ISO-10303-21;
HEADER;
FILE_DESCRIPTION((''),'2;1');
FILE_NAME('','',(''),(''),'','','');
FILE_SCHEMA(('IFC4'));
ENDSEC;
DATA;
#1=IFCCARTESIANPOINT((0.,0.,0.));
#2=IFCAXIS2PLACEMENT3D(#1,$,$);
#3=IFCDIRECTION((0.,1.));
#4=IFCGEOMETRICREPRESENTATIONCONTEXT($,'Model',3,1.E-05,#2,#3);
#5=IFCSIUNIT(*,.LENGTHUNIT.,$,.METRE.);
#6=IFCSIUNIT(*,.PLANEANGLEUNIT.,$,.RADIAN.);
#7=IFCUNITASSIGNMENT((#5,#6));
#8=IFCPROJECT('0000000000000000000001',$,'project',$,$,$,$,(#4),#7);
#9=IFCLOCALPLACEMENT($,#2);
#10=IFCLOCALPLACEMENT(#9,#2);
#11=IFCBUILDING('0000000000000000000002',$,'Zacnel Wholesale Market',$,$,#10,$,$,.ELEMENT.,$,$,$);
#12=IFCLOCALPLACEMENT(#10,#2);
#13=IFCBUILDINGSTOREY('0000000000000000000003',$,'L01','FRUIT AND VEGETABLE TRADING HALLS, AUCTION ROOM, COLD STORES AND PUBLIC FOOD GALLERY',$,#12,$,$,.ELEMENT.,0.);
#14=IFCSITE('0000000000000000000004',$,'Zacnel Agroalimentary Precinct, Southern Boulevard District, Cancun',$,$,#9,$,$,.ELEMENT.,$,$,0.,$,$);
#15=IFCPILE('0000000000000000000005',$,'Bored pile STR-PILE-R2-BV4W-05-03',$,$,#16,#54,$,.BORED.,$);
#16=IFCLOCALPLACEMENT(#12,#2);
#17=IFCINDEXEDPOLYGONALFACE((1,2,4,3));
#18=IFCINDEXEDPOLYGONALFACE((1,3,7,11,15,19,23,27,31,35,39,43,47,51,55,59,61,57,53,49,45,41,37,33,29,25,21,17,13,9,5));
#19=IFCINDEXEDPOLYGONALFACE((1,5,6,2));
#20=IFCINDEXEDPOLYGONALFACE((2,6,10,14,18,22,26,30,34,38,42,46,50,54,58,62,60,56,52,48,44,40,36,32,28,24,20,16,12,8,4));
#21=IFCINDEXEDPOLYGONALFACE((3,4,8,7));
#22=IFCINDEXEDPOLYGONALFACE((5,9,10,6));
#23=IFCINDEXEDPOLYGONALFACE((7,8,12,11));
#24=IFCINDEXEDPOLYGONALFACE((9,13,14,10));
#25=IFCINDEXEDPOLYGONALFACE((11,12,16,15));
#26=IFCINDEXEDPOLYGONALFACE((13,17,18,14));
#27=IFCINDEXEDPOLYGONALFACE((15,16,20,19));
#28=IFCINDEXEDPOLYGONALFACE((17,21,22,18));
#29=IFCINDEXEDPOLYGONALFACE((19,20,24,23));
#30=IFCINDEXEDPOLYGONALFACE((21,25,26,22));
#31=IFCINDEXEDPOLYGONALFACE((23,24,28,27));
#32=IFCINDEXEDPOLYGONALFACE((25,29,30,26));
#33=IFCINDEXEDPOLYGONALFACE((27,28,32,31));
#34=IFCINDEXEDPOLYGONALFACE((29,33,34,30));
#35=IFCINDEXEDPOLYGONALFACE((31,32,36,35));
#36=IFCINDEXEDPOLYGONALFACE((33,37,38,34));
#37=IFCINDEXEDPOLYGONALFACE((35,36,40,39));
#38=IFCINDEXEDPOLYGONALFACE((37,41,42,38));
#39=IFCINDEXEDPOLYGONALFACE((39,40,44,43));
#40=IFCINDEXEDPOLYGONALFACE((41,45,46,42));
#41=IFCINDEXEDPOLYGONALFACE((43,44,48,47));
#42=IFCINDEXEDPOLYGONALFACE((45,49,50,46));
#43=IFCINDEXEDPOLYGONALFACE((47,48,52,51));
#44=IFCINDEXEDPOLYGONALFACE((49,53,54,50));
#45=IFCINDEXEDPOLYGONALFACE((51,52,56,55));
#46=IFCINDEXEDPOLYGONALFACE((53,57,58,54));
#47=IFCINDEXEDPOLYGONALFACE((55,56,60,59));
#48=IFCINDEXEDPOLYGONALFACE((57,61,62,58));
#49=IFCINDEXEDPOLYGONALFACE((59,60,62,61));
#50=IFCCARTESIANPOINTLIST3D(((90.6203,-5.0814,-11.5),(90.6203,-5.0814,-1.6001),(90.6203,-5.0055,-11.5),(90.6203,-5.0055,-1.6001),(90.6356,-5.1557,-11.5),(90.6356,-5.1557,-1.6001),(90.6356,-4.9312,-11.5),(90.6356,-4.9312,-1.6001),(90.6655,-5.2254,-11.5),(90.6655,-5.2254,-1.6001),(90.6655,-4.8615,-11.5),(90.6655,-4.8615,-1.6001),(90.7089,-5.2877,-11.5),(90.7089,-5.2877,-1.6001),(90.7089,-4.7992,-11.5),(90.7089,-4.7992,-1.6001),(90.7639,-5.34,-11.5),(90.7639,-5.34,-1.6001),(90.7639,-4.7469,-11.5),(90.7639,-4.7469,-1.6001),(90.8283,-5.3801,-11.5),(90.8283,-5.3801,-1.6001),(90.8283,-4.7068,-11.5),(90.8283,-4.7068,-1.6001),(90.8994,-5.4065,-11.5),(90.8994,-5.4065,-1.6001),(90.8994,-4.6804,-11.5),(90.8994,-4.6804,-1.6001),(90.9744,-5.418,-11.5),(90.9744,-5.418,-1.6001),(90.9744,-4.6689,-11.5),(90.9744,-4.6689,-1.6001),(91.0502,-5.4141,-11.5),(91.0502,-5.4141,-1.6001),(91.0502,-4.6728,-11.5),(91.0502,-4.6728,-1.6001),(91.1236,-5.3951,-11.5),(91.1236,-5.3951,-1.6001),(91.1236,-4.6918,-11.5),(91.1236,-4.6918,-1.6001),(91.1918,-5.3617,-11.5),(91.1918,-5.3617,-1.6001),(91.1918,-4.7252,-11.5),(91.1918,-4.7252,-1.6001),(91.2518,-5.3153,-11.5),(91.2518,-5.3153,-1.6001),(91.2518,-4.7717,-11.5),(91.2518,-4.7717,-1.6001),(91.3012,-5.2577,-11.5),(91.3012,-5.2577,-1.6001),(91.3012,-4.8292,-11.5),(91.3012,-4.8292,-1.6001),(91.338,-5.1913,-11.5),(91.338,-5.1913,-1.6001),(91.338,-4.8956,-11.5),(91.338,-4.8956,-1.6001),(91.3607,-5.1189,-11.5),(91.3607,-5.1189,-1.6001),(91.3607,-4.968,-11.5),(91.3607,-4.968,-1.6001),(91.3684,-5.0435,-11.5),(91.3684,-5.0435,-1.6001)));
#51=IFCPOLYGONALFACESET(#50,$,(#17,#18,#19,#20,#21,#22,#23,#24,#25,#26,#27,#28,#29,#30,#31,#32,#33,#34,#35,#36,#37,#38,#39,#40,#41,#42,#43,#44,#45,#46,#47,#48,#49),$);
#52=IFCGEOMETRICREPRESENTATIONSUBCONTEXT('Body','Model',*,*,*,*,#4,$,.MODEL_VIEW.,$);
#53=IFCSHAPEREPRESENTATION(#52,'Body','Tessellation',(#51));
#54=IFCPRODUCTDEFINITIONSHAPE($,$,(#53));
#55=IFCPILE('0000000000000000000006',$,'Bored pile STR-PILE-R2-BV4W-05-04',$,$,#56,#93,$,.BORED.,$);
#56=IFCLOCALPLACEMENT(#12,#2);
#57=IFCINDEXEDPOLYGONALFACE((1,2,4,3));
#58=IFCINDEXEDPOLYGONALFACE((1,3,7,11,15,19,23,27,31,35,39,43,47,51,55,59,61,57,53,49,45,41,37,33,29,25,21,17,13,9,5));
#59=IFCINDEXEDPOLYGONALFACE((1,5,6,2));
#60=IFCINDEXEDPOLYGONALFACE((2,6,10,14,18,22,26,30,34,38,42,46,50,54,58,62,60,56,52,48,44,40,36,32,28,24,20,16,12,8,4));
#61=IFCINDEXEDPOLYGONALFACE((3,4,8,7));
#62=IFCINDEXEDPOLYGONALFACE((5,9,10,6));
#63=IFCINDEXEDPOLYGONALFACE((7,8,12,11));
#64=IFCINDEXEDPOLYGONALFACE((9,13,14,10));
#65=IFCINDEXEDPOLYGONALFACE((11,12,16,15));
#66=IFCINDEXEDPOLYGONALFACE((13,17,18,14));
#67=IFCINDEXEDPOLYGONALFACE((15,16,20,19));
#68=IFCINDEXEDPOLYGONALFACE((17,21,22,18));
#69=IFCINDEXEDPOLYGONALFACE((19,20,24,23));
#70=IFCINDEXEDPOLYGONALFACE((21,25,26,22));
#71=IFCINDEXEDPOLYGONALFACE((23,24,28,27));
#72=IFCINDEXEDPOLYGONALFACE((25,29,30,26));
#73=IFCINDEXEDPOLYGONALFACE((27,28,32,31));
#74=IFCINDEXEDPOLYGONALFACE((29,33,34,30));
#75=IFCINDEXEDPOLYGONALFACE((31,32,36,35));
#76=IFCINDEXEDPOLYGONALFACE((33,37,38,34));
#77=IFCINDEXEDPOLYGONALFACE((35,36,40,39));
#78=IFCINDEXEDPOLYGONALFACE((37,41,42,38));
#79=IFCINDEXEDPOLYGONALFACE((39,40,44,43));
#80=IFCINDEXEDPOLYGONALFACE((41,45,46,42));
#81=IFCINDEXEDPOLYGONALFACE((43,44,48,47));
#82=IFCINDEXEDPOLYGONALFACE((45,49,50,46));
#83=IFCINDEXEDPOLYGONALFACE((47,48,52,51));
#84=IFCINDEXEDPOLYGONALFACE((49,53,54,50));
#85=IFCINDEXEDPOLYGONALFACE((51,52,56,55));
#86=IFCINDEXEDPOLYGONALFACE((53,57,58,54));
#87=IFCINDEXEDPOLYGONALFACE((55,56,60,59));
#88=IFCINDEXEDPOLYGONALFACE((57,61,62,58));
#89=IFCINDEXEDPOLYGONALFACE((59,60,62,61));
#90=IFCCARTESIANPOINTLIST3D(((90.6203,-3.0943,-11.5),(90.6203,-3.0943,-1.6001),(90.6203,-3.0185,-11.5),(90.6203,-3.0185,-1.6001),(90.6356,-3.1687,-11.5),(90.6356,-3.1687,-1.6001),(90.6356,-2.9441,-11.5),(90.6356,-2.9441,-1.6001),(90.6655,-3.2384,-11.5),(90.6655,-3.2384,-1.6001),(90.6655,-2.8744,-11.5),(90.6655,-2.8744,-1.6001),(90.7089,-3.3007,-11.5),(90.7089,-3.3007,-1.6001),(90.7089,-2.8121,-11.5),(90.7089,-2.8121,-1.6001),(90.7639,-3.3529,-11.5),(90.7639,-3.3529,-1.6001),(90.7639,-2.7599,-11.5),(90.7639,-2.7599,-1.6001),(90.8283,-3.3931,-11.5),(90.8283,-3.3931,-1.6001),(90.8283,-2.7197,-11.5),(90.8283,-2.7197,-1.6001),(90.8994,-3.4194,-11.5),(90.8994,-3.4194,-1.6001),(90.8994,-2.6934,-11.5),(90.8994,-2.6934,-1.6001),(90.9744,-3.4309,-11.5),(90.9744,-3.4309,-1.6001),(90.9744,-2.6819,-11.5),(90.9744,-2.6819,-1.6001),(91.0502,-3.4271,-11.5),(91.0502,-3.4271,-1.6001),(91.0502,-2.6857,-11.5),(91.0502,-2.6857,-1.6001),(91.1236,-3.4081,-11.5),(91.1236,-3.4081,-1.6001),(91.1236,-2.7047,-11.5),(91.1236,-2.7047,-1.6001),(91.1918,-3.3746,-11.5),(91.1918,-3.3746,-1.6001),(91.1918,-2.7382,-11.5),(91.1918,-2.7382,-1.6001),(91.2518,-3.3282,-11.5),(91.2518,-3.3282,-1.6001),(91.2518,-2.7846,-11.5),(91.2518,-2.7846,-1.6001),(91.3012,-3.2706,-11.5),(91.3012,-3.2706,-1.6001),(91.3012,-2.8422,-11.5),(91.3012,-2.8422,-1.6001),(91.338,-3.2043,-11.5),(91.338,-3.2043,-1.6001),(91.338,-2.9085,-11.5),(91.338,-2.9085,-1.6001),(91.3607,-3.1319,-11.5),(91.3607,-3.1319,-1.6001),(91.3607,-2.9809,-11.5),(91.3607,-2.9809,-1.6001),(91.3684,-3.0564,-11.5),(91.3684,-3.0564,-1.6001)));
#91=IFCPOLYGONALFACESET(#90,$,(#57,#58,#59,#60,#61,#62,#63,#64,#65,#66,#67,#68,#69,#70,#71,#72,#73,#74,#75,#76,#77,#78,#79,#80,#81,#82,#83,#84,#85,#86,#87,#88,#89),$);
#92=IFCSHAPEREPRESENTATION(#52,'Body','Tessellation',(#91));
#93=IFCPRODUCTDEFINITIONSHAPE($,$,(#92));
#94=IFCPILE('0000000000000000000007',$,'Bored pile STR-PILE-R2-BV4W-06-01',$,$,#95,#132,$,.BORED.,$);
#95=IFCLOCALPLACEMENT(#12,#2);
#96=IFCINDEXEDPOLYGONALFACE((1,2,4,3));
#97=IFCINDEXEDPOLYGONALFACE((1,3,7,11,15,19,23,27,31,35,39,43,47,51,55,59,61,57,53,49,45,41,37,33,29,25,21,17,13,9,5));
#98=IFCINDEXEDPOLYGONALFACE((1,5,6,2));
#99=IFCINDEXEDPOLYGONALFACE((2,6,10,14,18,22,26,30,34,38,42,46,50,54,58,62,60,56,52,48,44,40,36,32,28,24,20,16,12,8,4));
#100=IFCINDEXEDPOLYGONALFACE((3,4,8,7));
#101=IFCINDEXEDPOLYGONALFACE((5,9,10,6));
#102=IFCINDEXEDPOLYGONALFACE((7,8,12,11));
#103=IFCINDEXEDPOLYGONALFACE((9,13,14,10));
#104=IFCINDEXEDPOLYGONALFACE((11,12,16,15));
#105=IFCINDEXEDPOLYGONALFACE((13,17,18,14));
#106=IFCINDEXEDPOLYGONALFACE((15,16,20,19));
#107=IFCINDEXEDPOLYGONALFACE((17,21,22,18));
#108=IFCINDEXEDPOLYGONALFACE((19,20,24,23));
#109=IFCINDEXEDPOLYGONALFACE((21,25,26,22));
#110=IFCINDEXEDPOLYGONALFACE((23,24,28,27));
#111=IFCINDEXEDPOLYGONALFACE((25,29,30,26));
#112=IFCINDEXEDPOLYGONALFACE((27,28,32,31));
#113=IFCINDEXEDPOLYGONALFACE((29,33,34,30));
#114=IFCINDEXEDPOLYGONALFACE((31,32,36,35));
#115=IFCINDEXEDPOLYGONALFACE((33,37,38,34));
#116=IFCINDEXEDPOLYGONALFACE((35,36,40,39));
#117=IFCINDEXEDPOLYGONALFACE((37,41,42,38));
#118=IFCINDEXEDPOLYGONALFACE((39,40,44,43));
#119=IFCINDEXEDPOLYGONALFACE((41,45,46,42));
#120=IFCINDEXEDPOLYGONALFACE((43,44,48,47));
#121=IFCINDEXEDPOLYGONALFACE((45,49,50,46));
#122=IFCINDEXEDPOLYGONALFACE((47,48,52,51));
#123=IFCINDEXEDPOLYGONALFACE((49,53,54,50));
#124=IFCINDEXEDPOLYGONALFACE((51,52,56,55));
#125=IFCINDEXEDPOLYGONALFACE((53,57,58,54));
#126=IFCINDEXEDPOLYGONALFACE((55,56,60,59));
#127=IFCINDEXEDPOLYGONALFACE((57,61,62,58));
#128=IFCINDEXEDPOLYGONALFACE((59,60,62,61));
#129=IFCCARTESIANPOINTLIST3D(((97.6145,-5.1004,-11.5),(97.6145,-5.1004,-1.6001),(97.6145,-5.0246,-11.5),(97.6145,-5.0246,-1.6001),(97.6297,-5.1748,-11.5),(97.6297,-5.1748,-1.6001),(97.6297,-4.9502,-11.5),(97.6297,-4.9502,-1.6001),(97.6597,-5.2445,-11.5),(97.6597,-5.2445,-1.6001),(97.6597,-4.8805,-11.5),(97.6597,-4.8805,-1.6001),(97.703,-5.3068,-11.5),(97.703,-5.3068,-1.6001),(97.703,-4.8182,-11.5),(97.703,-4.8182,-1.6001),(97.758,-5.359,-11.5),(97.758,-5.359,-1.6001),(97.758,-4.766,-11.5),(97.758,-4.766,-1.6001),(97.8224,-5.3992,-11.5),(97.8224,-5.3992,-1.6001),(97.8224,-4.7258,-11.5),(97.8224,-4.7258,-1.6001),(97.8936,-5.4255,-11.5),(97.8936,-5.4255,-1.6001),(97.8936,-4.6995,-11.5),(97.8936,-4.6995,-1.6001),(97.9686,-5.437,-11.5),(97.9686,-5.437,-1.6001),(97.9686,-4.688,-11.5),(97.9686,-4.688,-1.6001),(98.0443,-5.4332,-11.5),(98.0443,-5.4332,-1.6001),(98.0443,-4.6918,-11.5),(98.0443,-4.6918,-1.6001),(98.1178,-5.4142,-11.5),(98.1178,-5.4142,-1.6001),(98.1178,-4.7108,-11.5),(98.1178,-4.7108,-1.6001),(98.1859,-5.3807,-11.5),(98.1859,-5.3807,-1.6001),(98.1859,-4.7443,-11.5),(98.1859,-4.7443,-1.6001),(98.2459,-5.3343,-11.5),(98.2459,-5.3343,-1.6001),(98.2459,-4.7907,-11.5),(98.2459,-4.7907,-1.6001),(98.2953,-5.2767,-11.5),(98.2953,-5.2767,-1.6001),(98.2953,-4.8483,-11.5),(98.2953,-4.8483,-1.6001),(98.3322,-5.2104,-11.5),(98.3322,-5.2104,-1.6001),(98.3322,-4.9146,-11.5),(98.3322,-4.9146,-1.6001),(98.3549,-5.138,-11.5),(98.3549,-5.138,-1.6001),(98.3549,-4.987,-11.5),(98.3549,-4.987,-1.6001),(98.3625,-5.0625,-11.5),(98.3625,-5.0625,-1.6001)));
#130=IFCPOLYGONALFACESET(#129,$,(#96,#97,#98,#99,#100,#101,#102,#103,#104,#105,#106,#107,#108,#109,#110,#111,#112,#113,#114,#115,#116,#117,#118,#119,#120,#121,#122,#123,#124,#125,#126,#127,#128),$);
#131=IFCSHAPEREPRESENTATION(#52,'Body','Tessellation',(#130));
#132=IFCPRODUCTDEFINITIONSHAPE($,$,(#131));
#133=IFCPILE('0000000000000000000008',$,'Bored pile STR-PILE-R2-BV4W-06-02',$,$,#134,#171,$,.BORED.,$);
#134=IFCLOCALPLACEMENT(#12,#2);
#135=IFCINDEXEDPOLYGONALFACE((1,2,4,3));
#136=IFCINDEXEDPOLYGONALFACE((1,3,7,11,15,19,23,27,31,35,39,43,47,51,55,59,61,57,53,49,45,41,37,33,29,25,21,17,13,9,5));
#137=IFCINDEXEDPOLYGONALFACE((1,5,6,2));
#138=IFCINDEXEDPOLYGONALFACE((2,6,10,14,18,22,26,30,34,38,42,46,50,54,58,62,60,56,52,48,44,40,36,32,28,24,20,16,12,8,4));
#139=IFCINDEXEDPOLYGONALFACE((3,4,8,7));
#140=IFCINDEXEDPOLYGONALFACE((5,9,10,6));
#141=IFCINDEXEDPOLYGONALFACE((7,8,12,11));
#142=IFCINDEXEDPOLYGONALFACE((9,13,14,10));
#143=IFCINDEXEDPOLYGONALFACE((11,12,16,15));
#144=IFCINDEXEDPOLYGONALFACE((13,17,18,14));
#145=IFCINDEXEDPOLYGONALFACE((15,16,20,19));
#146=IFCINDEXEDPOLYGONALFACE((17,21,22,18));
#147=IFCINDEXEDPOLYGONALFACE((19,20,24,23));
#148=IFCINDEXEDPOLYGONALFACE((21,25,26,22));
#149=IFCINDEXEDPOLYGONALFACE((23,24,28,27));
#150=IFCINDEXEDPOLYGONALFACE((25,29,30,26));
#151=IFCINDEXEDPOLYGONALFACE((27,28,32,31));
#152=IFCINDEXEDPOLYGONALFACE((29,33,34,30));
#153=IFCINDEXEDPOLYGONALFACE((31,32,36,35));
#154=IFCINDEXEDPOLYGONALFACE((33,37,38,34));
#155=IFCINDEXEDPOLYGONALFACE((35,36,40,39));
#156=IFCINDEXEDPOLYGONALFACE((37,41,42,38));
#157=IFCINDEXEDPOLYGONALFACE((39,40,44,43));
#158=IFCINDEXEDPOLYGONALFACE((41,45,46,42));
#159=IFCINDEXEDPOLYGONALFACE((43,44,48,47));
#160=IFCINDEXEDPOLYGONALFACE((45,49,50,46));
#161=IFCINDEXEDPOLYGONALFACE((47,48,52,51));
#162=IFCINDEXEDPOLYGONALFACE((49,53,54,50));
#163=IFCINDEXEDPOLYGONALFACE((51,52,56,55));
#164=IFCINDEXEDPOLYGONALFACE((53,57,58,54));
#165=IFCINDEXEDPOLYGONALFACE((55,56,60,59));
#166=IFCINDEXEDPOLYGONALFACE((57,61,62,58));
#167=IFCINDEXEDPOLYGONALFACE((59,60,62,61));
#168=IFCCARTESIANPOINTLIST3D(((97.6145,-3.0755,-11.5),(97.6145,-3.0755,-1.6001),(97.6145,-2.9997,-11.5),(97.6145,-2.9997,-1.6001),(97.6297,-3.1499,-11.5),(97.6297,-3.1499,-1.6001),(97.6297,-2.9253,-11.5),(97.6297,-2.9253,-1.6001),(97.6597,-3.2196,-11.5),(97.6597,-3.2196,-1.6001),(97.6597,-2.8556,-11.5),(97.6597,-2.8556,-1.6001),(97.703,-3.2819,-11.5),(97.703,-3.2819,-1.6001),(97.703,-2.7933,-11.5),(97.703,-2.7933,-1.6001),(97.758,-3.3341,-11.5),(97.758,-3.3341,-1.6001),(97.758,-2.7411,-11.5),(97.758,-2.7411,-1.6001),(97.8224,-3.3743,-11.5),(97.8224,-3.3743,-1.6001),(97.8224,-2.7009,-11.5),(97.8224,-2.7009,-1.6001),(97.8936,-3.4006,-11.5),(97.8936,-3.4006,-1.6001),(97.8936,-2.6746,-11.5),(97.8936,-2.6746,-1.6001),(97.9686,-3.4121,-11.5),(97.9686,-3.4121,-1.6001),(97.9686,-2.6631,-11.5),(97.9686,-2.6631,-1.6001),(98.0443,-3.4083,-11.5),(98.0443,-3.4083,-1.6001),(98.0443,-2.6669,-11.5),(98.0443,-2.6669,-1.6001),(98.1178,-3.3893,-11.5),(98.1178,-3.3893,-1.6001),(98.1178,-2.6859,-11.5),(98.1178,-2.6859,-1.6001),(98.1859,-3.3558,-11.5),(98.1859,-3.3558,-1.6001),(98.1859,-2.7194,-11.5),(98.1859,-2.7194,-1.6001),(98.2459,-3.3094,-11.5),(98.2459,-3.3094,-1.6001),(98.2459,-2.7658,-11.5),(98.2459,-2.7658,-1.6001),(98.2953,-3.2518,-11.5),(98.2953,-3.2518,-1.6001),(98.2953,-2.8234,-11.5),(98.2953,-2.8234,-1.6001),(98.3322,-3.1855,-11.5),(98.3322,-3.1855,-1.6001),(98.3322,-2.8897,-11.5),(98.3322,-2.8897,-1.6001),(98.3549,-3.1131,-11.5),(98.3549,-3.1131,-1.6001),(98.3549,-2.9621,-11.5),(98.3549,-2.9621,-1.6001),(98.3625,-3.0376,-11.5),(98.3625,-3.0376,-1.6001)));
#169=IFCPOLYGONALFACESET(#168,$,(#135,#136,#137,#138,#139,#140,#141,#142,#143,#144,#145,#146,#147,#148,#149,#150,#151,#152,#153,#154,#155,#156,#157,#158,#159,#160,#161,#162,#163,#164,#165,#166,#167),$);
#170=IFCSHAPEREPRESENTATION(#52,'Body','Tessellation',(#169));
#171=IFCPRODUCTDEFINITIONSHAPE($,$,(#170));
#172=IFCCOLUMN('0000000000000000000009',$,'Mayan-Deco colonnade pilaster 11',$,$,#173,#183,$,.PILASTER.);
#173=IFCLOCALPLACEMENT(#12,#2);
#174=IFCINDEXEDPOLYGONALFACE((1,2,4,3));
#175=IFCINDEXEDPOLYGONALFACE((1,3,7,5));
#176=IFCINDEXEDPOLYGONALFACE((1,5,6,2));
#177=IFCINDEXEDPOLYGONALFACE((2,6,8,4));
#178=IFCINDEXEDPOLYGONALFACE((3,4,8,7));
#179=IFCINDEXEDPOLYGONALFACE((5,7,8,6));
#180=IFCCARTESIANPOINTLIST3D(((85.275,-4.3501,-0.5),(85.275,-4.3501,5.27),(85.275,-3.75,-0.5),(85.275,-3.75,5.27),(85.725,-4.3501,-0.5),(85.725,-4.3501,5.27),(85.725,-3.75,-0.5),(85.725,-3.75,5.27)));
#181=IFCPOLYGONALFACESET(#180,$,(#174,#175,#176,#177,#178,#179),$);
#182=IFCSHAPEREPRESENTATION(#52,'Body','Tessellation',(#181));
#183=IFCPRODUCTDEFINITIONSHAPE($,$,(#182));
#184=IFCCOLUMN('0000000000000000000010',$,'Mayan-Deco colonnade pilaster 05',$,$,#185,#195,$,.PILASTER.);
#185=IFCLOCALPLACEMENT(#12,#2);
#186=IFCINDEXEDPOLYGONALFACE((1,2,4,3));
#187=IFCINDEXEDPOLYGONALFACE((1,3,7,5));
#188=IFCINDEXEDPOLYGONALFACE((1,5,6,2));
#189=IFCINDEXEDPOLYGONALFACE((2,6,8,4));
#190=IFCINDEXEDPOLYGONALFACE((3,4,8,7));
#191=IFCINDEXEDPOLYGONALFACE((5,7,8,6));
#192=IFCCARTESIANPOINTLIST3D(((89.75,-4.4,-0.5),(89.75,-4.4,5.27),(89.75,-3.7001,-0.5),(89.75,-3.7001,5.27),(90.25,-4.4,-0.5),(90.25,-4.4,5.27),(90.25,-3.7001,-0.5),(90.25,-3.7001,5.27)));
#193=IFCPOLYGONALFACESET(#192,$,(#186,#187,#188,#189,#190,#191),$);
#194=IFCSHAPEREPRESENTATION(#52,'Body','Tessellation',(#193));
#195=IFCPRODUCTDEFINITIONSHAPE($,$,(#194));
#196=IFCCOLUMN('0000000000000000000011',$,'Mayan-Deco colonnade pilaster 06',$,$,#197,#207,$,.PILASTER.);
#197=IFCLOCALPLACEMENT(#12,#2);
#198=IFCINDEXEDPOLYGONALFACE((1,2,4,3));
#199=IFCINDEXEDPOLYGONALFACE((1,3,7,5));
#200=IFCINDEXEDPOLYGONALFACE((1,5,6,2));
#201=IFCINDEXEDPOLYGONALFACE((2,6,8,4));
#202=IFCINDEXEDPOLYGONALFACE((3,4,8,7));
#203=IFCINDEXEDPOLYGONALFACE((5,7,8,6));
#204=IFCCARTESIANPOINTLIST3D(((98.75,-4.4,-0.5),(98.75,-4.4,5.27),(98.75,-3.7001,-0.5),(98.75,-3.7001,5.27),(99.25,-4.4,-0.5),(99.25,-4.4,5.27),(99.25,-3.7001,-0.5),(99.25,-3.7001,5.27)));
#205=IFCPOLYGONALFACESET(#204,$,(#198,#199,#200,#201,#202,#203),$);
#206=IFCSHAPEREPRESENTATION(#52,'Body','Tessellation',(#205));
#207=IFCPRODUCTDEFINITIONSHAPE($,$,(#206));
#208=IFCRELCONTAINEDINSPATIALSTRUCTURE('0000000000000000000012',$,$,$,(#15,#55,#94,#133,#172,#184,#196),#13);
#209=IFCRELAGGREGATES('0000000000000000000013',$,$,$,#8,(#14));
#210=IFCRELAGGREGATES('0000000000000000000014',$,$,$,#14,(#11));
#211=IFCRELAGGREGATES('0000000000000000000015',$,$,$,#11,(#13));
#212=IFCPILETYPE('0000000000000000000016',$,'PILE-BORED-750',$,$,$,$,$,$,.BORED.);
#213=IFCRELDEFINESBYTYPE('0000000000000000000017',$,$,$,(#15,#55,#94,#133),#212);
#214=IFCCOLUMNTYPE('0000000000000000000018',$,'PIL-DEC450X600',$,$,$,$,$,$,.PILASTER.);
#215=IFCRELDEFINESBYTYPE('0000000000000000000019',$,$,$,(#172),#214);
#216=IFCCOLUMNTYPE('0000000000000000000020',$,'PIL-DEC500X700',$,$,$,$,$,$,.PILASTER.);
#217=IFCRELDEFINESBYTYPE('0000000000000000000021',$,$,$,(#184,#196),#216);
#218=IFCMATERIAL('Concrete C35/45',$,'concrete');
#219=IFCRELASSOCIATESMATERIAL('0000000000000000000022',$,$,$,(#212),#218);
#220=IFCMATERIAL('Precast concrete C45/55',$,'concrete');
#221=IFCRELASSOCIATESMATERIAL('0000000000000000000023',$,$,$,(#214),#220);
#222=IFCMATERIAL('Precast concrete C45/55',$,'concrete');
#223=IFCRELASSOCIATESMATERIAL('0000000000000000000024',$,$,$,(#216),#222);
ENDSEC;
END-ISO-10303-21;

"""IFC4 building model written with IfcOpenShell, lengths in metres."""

from ifc_helpers import new_model, si_unit, direction, frame, origin, origin_2d, place, context, subcontext, project, spatial, rectangle, circle, extrude, material, material_profile, profile_set, type_object, element, save


model = new_model("IFC4")

# Units and contexts
model_context = context("Model", 3, precision=1e-05, world=origin(), true_north=direction((0.0, 1.0)))
body_context = subcontext(model_context, "Body", "Model", "MODEL_VIEW")
ifc_project = project(units=[si_unit("LENGTHUNIT", "METRE"), si_unit("PLANEANGLEUNIT", "RADIAN")], contexts=[model_context])

# Site, building, storey
site_placement = place(None, origin())
site = spatial("IfcSite", under=ifc_project, at=site_placement, Name="Zacnel Agroalimentary Precinct, Southern Boulevard District, Cancun", CompositionType="ELEMENT", RefElevation=0.0)
building_placement = place(site_placement, origin())
building = spatial("IfcBuilding", under=site, at=building_placement, Name="Zacnel Wholesale Market", CompositionType="ELEMENT")
storey_placement = place(building_placement, origin())
storey = spatial("IfcBuildingStorey", under=building, at=storey_placement, Name="L01", Description="FRUIT AND VEGETABLE TRADING HALLS, AUCTION ROOM, COLD STORES AND PUBLIC FOOD GALLERY", CompositionType="ELEMENT", Elevation=0.0)

# Piles
ifc_material_1 = material(Name="Concrete C35/45", Category="concrete")
ifc_material_profile_1 = material_profile(ifc_material_1, circle(Radius=0.375, at=origin_2d()), Name="BORED PILE D750")
ifc_profile_set_1 = profile_set([ifc_material_profile_1], Name="Concrete C35/45")
pile_type = type_object("IfcPileType", Name="PILE-BORED-750", PredefinedType="BORED", material=ifc_profile_set_1)
for number, where, z_axis, x_axis, name in (
    (1, (90.9934, -5.0435, -1.6001), (0.0, 0.0, -1.0), (1.0, 0.0, 0.0), "Bored pile STR-PILE-R2-BV4W-05-03"),
    (2, (90.9934, -3.0564, -1.6001), (0.0, 0.0, -1.0), (1.0, 0.0, 0.0), "Bored pile STR-PILE-R2-BV4W-05-04"),
    (3, (97.9875, -5.0625, -1.6001), (0.0, 0.0, -1.0), (1.0, 0.0, 0.0), "Bored pile STR-PILE-R2-BV4W-06-01"),
    (4, (97.9875, -3.0376, -1.6001), (0.0, 0.0, -1.0), (1.0, 0.0, 0.0), "Bored pile STR-PILE-R2-BV4W-06-02"),
):
    element("IfcPile", number, at=place(storey_placement, frame(where, z_axis=z_axis, x_axis=x_axis)), inside=storey, type_object=pile_type, Name=name, PredefinedType="BORED", context=body_context, shape_type="SweptSolid", body=[
        extrude(circle(Radius=0.375, at=origin_2d()), origin(), (0.0, 0.0, 1.0), 9.8999),
    ])

# Columns
ifc_material_2 = material(Name="Precast concrete C45/55", Category="concrete")
ifc_material_profile_2 = material_profile(ifc_material_2, rectangle(XDim=0.45, YDim=0.6001, at=origin_2d()), Name="PIL 450x600")
ifc_profile_set_2 = profile_set([ifc_material_profile_2], Name="Precast concrete C45/55")
column_type_1 = type_object("IfcColumnType", Name="PIL-DEC450X600", PredefinedType="PILASTER", material=ifc_profile_set_2)
column_placement = place(storey_placement, frame((85.5, -4.05, -0.5), z_axis=(0.0, 0.0, 1.0), x_axis=(1.0, 0.0, 0.0)))
element("IfcColumn", 5, at=column_placement, inside=storey, type_object=column_type_1, Name="Mayan-Deco colonnade pilaster 11", PredefinedType="PILASTER", context=body_context, shape_type="SweptSolid", body=[
    extrude(rectangle(XDim=0.45, YDim=0.6001, at=origin_2d()), origin(), (0.0, 0.0, 1.0), 5.77),
])
ifc_material_3 = material(Name="Precast concrete C45/55", Category="concrete")
ifc_material_profile_3 = material_profile(ifc_material_3, rectangle(XDim=0.5, YDim=0.7, at=origin_2d()), Name="PIL 500x700")
ifc_profile_set_3 = profile_set([ifc_material_profile_3], Name="Precast concrete C45/55")
column_type_2 = type_object("IfcColumnType", Name="PIL-DEC500X700", PredefinedType="PILASTER", material=ifc_profile_set_3)
for number, where, z_axis, x_axis, name in (
    (6, (90.0, -4.05, -0.5), (0.0, 0.0, 1.0), (1.0, 0.0, 0.0), "Mayan-Deco colonnade pilaster 05"),
    (7, (99.0, -4.05, -0.5), (0.0, 0.0, 1.0), (1.0, 0.0, 0.0), "Mayan-Deco colonnade pilaster 06"),
):
    element("IfcColumn", number, at=place(storey_placement, frame(where, z_axis=z_axis, x_axis=x_axis)), inside=storey, type_object=column_type_2, Name=name, PredefinedType="PILASTER", context=body_context, shape_type="SweptSolid", body=[
        extrude(rectangle(XDim=0.5, YDim=0.7, at=origin_2d()), origin(), (0.0, 0.0, 1.0), 5.77),
    ])

save(model, "model.ifc")
